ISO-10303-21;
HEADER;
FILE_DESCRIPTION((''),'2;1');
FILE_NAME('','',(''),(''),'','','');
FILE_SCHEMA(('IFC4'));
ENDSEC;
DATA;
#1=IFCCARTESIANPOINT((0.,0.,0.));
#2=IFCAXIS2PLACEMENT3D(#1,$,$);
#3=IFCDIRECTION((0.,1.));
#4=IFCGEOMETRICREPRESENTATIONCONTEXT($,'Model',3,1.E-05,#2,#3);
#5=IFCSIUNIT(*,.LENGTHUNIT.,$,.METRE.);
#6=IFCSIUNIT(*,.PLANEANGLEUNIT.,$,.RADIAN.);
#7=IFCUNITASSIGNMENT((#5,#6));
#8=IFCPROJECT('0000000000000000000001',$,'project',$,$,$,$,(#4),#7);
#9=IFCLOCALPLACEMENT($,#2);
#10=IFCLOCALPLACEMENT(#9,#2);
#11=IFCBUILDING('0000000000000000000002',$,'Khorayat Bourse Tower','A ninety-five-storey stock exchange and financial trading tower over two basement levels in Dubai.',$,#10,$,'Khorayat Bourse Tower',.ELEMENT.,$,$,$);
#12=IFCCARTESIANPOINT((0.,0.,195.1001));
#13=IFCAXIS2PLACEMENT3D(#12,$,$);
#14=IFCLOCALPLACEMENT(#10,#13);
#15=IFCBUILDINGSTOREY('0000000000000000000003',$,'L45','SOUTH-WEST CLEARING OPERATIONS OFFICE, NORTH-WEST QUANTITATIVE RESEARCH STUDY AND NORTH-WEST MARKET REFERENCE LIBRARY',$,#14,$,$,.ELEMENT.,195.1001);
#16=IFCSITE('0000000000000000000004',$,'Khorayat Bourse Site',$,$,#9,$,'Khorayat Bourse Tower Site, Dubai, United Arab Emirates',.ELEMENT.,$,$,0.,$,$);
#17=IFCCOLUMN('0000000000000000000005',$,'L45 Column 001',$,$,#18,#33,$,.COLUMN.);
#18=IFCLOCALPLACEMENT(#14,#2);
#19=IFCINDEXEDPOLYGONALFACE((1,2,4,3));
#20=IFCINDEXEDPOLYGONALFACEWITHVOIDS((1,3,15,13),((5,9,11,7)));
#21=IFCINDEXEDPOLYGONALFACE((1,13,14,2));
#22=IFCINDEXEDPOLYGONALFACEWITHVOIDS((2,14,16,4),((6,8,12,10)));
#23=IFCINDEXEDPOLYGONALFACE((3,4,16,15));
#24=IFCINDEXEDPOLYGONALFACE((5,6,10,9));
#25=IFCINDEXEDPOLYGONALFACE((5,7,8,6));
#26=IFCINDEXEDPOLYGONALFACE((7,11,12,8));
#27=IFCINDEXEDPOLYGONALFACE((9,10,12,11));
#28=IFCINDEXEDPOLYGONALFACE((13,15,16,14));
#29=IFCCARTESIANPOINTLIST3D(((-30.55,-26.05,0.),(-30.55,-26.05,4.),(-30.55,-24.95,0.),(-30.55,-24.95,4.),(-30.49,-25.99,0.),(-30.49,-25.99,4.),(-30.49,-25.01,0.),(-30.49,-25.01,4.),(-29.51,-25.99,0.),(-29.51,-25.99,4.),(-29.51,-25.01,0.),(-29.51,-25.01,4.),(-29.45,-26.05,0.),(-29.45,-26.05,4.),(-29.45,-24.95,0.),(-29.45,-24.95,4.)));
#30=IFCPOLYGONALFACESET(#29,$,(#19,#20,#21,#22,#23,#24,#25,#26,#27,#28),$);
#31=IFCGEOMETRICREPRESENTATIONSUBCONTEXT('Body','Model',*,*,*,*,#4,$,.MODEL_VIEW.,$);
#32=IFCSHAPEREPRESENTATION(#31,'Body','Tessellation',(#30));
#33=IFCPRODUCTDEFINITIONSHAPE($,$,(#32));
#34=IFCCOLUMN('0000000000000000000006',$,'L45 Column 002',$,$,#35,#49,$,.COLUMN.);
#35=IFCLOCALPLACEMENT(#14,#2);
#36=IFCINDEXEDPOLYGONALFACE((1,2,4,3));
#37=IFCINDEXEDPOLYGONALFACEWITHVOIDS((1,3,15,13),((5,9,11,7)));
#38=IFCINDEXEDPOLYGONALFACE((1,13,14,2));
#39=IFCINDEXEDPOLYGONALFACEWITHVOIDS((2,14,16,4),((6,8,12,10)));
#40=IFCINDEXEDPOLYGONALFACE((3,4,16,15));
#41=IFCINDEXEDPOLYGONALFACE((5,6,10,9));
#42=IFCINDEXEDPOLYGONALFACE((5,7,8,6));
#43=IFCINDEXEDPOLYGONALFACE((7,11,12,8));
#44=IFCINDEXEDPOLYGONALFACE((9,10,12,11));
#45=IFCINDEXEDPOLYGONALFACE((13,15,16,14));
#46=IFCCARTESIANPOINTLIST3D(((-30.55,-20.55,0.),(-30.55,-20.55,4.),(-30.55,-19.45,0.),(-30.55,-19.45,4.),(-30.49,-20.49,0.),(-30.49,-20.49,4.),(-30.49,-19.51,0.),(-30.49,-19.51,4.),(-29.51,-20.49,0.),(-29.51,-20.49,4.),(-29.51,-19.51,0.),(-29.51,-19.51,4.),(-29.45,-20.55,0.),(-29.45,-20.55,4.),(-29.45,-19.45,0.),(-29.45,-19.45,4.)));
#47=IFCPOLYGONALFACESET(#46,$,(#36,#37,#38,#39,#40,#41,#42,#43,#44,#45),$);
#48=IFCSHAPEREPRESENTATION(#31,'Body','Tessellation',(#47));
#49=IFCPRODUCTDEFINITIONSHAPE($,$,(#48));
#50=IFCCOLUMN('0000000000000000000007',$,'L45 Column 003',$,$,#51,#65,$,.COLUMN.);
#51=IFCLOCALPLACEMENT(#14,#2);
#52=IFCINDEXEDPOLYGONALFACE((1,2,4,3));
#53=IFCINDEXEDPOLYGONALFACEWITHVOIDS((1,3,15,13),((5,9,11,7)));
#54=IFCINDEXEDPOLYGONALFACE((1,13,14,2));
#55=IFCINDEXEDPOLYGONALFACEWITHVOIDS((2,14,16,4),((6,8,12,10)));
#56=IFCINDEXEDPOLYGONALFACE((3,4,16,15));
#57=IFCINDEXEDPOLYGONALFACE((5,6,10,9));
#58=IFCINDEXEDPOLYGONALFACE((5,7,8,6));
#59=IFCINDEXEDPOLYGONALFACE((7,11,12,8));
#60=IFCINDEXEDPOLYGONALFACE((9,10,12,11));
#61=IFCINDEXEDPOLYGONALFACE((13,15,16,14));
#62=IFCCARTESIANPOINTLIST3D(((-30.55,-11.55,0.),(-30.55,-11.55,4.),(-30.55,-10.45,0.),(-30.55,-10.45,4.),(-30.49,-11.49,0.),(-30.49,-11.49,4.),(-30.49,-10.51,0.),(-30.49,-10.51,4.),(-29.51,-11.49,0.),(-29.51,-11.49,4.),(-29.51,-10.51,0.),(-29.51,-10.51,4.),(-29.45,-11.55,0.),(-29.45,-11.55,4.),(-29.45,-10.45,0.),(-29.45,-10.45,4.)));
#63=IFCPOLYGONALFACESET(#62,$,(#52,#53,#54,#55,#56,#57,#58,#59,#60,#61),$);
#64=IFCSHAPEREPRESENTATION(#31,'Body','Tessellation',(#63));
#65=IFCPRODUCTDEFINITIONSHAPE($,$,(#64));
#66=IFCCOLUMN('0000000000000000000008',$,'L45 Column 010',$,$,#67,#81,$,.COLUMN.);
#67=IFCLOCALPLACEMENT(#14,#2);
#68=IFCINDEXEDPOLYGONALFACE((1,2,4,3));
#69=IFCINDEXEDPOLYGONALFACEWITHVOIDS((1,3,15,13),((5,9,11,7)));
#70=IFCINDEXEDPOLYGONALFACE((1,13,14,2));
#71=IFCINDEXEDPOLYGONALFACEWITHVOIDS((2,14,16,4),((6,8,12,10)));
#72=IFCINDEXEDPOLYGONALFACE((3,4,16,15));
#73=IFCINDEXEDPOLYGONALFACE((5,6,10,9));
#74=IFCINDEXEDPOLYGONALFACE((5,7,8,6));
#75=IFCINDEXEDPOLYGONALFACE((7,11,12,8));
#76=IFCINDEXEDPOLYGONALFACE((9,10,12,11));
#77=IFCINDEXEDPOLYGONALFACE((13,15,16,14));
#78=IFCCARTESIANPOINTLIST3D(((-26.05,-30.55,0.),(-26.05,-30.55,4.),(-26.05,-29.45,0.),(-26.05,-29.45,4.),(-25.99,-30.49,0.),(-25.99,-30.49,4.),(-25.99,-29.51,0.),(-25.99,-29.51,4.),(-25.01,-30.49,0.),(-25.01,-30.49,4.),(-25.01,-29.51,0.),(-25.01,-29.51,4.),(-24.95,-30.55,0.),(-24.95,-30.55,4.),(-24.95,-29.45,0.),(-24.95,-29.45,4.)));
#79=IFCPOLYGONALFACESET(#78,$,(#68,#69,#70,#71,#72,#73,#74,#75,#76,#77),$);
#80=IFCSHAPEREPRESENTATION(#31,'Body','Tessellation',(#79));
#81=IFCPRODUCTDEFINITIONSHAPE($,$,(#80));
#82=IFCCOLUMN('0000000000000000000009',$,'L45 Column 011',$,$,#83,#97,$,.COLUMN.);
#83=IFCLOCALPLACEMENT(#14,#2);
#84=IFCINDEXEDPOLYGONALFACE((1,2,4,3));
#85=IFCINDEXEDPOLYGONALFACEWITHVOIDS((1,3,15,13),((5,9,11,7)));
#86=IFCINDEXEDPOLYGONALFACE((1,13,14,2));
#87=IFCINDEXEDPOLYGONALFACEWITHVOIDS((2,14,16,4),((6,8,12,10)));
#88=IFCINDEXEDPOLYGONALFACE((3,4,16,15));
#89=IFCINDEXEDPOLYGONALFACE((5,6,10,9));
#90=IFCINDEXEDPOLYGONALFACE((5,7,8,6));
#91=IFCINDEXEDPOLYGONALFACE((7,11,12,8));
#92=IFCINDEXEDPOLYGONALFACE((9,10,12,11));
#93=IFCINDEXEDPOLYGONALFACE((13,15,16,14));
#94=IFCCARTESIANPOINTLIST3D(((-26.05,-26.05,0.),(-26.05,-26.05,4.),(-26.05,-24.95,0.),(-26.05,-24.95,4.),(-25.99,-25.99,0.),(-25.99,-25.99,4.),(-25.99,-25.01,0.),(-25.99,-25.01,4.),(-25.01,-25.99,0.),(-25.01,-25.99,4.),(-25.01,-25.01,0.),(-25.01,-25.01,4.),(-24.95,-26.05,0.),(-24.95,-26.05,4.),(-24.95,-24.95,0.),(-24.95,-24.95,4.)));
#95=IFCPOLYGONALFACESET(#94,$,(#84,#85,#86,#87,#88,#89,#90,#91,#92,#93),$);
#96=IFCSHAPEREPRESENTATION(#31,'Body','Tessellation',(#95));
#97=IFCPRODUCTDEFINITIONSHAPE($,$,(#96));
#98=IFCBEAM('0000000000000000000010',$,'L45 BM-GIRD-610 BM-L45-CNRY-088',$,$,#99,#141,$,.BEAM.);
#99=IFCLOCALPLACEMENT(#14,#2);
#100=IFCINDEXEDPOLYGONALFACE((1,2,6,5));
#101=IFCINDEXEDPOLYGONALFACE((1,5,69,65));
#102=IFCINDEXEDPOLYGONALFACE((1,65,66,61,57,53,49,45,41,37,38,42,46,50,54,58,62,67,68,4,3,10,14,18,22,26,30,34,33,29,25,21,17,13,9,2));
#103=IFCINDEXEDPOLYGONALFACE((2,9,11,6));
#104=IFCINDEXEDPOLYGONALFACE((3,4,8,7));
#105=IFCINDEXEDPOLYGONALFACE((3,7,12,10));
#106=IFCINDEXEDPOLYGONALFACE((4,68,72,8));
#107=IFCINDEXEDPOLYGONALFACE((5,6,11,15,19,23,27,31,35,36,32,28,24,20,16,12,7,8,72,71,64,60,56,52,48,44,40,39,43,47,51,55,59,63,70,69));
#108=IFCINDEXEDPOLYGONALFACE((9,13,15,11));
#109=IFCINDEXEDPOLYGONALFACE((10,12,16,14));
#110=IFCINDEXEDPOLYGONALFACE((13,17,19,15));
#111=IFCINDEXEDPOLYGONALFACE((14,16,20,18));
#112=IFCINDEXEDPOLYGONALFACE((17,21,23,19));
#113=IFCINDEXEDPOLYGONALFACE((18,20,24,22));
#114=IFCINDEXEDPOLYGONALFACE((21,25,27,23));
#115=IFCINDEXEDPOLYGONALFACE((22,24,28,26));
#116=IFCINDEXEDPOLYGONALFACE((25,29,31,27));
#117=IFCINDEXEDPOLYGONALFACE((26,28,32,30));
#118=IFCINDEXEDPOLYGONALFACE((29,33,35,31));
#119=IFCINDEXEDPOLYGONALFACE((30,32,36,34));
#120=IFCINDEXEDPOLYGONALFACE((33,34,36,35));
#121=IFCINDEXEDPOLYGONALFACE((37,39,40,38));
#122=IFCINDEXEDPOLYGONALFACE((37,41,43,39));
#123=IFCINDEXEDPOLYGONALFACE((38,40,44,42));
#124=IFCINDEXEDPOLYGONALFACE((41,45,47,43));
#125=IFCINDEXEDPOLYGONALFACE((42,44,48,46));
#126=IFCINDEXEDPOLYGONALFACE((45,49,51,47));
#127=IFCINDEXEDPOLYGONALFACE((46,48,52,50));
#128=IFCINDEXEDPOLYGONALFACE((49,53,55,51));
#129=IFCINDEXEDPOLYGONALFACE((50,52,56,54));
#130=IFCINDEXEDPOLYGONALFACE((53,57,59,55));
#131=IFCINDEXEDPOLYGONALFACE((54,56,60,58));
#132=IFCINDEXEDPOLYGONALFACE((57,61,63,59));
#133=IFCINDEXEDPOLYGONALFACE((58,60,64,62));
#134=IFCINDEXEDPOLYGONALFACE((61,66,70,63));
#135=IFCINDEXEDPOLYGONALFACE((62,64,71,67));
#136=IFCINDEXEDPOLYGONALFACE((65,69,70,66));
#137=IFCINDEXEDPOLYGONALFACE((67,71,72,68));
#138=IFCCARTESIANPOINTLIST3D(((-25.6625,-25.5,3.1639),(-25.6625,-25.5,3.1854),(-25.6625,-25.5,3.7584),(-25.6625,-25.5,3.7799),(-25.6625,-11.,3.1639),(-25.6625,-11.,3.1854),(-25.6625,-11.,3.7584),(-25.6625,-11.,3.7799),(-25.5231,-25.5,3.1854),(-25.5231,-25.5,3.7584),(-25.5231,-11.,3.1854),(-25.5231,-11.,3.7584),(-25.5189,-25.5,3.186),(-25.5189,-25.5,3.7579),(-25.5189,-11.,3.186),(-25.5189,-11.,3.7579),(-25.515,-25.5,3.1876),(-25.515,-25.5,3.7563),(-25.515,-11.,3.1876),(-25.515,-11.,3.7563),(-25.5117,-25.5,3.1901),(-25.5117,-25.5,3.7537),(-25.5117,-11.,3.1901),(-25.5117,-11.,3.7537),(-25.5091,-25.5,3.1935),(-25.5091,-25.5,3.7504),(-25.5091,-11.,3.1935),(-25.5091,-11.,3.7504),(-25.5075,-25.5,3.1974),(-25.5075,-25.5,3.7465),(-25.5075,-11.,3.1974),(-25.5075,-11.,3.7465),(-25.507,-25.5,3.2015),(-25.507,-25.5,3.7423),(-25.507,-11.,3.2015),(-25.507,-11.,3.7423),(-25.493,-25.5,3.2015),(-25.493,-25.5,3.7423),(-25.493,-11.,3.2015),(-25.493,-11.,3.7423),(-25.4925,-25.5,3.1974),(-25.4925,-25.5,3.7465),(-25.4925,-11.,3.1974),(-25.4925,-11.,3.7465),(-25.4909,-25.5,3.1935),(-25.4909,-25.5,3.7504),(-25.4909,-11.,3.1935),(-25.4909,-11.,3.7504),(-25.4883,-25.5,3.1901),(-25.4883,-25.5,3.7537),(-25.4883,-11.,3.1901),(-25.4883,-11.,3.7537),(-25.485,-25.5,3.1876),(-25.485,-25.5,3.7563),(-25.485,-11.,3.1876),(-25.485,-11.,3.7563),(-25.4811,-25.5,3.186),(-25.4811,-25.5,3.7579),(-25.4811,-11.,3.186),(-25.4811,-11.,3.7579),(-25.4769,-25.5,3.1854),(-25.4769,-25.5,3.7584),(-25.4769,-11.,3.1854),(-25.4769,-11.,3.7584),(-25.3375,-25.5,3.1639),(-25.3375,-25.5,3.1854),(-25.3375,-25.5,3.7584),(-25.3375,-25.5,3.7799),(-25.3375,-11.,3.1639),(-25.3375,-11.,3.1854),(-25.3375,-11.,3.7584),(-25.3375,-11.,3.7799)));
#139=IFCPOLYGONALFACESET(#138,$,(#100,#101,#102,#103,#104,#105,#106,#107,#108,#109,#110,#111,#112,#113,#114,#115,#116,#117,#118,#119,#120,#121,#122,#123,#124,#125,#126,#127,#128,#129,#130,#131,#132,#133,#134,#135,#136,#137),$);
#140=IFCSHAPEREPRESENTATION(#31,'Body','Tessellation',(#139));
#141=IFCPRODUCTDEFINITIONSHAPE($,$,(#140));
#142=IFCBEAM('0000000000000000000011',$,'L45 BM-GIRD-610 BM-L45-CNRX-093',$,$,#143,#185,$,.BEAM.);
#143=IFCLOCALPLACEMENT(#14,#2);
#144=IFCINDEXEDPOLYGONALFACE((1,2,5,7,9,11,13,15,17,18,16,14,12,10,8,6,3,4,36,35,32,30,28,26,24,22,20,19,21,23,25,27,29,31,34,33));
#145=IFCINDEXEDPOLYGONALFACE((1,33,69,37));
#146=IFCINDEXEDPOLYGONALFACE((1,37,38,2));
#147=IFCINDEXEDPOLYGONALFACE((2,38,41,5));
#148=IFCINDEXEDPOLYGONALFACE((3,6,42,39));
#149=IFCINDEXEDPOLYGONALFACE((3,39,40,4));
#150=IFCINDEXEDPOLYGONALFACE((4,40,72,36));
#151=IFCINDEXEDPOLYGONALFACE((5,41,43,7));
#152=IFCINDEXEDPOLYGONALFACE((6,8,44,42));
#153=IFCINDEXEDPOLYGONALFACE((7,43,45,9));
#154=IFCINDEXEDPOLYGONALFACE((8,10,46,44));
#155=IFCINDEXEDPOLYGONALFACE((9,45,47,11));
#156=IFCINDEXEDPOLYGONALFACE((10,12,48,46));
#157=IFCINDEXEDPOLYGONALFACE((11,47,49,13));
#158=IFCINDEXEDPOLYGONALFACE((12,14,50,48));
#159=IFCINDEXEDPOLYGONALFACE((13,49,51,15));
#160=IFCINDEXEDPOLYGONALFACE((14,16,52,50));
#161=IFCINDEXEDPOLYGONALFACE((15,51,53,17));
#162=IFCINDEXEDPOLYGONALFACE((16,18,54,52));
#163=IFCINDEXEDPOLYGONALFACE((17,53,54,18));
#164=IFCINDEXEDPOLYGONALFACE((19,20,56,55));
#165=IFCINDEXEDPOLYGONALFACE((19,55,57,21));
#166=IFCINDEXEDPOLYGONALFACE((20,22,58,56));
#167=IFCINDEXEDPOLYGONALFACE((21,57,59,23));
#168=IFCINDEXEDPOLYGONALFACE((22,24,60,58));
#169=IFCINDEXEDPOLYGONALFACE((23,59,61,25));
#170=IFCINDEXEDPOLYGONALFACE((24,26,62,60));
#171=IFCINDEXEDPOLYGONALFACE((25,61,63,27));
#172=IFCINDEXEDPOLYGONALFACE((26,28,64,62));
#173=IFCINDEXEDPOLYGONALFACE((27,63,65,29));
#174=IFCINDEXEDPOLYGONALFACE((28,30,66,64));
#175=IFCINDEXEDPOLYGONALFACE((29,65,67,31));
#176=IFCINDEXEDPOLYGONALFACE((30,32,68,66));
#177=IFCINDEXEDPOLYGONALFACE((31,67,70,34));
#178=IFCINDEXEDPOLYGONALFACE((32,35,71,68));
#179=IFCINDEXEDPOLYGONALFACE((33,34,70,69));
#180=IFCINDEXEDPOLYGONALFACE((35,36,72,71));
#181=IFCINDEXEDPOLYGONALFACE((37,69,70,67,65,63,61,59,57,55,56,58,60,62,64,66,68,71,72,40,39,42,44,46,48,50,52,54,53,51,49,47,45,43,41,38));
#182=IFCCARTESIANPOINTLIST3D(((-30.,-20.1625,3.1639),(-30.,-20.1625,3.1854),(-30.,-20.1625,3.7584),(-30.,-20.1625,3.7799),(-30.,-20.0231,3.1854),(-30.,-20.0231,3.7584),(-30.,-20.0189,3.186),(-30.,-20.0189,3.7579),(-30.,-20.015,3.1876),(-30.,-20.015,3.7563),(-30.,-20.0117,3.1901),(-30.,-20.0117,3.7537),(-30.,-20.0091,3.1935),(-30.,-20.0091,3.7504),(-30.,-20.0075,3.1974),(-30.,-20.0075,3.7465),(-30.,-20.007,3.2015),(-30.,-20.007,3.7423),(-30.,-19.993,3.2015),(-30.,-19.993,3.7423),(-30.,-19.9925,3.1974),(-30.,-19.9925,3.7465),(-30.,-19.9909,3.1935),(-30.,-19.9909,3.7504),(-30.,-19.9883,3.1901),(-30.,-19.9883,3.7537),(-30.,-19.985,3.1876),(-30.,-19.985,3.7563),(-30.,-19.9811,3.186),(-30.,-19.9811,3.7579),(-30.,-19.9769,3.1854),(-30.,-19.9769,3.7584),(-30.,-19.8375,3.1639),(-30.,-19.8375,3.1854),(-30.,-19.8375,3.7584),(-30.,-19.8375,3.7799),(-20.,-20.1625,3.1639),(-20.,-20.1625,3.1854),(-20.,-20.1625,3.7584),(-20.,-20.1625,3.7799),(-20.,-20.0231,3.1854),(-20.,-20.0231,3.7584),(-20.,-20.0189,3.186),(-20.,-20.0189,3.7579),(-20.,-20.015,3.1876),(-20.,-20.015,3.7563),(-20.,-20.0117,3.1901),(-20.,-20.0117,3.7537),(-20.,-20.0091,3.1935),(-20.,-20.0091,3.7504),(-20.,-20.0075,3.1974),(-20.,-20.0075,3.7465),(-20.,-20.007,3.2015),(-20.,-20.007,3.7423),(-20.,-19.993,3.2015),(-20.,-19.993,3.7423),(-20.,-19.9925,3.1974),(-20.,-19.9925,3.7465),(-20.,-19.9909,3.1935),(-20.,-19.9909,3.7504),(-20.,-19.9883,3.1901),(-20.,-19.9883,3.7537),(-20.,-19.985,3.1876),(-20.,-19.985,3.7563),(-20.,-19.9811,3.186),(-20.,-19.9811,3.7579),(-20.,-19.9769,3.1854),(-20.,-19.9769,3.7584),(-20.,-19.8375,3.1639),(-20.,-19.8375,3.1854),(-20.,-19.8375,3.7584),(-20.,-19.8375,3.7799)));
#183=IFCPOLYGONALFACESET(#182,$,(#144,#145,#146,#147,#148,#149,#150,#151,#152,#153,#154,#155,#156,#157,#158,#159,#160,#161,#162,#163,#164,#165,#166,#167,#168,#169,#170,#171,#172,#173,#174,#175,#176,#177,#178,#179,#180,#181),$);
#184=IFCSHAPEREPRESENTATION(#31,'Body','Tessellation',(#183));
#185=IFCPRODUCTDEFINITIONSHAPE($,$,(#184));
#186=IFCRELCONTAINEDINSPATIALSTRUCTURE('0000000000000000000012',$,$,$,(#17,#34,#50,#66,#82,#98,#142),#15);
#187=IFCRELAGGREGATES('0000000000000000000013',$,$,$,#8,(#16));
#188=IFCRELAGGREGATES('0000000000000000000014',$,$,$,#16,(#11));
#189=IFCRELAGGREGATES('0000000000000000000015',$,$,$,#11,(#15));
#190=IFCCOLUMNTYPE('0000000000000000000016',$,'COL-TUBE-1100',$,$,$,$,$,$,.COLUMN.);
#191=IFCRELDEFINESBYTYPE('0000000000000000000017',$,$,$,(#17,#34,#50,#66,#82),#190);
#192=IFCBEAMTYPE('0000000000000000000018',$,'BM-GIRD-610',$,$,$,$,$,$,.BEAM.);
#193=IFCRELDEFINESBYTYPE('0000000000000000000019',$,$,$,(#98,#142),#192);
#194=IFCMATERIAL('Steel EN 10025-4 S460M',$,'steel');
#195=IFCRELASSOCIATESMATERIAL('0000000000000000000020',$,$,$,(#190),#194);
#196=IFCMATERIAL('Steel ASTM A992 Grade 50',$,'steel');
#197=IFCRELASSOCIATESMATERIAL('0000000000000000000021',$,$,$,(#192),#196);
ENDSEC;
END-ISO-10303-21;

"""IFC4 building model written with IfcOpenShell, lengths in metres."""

from ifc_helpers import new_model, si_unit, direction, frame, origin, origin_2d, place, context, subcontext, project, spatial, hollow_rectangle, i_section, extrude, source, transform, mapped, material, material_profile, profile_set, type_object, element, save


model = new_model("IFC4")

# Units and contexts
model_context = context("Model", 3, precision=1e-05, world=origin(), true_north=direction((0.0, 1.0)))
body_context = subcontext(model_context, "Body", "Model", "MODEL_VIEW")
ifc_project = project(units=[si_unit("LENGTHUNIT", "METRE"), si_unit("PLANEANGLEUNIT", "RADIAN")], contexts=[model_context])

# Site, building, storey
site_placement = place(None, origin())
site = spatial("IfcSite", under=ifc_project, at=site_placement, Name="Khorayat Bourse Site", LongName="Khorayat Bourse Tower Site, Dubai, United Arab Emirates", CompositionType="ELEMENT", RefElevation=0.0)
building_placement = place(site_placement, origin())
building = spatial("IfcBuilding", under=site, at=building_placement, Name="Khorayat Bourse Tower", Description="A ninety-five-storey stock exchange and financial trading tower over two basement levels in Dubai.", LongName="Khorayat Bourse Tower", CompositionType="ELEMENT")
storey_placement = place(building_placement, frame((0.0, 0.0, 195.1001)))
storey = spatial("IfcBuildingStorey", under=building, at=storey_placement, Name="L45", Description="SOUTH-WEST CLEARING OPERATIONS OFFICE, NORTH-WEST QUANTITATIVE RESEARCH STUDY AND NORTH-WEST MARKET REFERENCE LIBRARY", CompositionType="ELEMENT", Elevation=195.1001)

# Columns
ifc_material_1 = material(Name="Steel EN 10025-4 S460M", Category="steel")
ifc_material_profile_1 = material_profile(ifc_material_1, hollow_rectangle(XDim=1.1001, YDim=1.1001, WallThickness=0.0601, at=origin_2d()), Name="BOX 1100x1100x60")
ifc_profile_set_1 = profile_set([ifc_material_profile_1], Name="Steel EN 10025-4 S460M")
column_type = type_object("IfcColumnType", Name="COL-TUBE-1100", PredefinedType="COLUMN", material=ifc_profile_set_1)
shared_shape_1 = source(origin(), body_context, "Body", "SweptSolid", [
    extrude(hollow_rectangle(XDim=1.1001, YDim=1.1001, WallThickness=0.0601, at=origin_2d()), origin(), (0.0, 0.0, 1.0), 4.0),
])
for number, where, z_axis, x_axis, name in (
    (1, (-30.0, -25.5, 0.0), (0.0, 0.0, 1.0), (1.0, 0.0, 0.0), "L45 Column 001"),
    (2, (-30.0, -20.0, 0.0), (0.0, 0.0, 1.0), (1.0, 0.0, 0.0), "L45 Column 002"),
    (3, (-30.0, -11.0, 0.0), (0.0, 0.0, 1.0), (1.0, 0.0, 0.0), "L45 Column 003"),
    (4, (-25.5, -30.0, 0.0), (0.0, 0.0, 1.0), (1.0, 0.0, 0.0), "L45 Column 010"),
    (5, (-25.5, -25.5, 0.0), (0.0, 0.0, 1.0), (1.0, 0.0, 0.0), "L45 Column 011"),
):
    element("IfcColumn", number, at=place(storey_placement, frame(where, z_axis=z_axis, x_axis=x_axis)), inside=storey, type_object=column_type, Name=name, PredefinedType="COLUMN", context=body_context, shape_type="MappedRepresentation", body=[
        mapped(shared_shape_1, transform((0.0, 0.0, 0.0), scale=1.0)),
    ])

# Beams
ifc_material_2 = material(Name="Steel ASTM A992 Grade 50", Category="steel")
ifc_material_profile_2 = material_profile(ifc_material_2, i_section(OverallWidth=0.325, OverallDepth=0.616, WebThickness=0.0139, FlangeThickness=0.0215, FilletRadius=0.0161, at=origin_2d()), Name="W610X174")
ifc_profile_set_2 = profile_set([ifc_material_profile_2], Name="Steel ASTM A992 Grade 50")
beam_type_1 = type_object("IfcBeamType", Name="BM-GIRD-610", PredefinedType="BEAM", material=ifc_profile_set_2)
shared_shape_2 = source(origin(), body_context, "Body", "SweptSolid", [
    extrude(i_section(OverallWidth=0.325, OverallDepth=0.616, WebThickness=0.0139, FlangeThickness=0.0215, FilletRadius=0.0161, at=origin_2d()), origin(), (0.0, 0.0, 1.0), 14.5),
])
beam_1_placement = place(storey_placement, frame((-25.5, -25.5, 3.4719), z_axis=(0.0, 1.0, 0.0), x_axis=(-1.0, 0.0, 0.0)))
element("IfcBeam", 6, at=beam_1_placement, inside=storey, type_object=beam_type_1, Name="L45 BM-GIRD-610 BM-L45-CNRY-088", PredefinedType="BEAM", context=body_context, shape_type="MappedRepresentation", body=[
    mapped(shared_shape_2, transform((0.0, 0.0, 0.0), scale=1.0)),
])
shared_shape_3 = source(origin(), body_context, "Body", "SweptSolid", [
    extrude(i_section(OverallWidth=0.325, OverallDepth=0.616, WebThickness=0.0139, FlangeThickness=0.0215, FilletRadius=0.0161, at=origin_2d()), origin(), (0.0, 0.0, 1.0), 10.0),
])
beam_2_placement = place(storey_placement, frame((-30.0, -20.0, 3.4719), z_axis=(1.0, 0.0, 0.0), x_axis=(0.0, 1.0, 0.0)))
element("IfcBeam", 7, at=beam_2_placement, inside=storey, type_object=beam_type_1, Name="L45 BM-GIRD-610 BM-L45-CNRX-093", PredefinedType="BEAM", context=body_context, shape_type="MappedRepresentation", body=[
    mapped(shared_shape_3, transform((0.0, 0.0, 0.0), scale=1.0)),
])

save(model, "model.ifc")
